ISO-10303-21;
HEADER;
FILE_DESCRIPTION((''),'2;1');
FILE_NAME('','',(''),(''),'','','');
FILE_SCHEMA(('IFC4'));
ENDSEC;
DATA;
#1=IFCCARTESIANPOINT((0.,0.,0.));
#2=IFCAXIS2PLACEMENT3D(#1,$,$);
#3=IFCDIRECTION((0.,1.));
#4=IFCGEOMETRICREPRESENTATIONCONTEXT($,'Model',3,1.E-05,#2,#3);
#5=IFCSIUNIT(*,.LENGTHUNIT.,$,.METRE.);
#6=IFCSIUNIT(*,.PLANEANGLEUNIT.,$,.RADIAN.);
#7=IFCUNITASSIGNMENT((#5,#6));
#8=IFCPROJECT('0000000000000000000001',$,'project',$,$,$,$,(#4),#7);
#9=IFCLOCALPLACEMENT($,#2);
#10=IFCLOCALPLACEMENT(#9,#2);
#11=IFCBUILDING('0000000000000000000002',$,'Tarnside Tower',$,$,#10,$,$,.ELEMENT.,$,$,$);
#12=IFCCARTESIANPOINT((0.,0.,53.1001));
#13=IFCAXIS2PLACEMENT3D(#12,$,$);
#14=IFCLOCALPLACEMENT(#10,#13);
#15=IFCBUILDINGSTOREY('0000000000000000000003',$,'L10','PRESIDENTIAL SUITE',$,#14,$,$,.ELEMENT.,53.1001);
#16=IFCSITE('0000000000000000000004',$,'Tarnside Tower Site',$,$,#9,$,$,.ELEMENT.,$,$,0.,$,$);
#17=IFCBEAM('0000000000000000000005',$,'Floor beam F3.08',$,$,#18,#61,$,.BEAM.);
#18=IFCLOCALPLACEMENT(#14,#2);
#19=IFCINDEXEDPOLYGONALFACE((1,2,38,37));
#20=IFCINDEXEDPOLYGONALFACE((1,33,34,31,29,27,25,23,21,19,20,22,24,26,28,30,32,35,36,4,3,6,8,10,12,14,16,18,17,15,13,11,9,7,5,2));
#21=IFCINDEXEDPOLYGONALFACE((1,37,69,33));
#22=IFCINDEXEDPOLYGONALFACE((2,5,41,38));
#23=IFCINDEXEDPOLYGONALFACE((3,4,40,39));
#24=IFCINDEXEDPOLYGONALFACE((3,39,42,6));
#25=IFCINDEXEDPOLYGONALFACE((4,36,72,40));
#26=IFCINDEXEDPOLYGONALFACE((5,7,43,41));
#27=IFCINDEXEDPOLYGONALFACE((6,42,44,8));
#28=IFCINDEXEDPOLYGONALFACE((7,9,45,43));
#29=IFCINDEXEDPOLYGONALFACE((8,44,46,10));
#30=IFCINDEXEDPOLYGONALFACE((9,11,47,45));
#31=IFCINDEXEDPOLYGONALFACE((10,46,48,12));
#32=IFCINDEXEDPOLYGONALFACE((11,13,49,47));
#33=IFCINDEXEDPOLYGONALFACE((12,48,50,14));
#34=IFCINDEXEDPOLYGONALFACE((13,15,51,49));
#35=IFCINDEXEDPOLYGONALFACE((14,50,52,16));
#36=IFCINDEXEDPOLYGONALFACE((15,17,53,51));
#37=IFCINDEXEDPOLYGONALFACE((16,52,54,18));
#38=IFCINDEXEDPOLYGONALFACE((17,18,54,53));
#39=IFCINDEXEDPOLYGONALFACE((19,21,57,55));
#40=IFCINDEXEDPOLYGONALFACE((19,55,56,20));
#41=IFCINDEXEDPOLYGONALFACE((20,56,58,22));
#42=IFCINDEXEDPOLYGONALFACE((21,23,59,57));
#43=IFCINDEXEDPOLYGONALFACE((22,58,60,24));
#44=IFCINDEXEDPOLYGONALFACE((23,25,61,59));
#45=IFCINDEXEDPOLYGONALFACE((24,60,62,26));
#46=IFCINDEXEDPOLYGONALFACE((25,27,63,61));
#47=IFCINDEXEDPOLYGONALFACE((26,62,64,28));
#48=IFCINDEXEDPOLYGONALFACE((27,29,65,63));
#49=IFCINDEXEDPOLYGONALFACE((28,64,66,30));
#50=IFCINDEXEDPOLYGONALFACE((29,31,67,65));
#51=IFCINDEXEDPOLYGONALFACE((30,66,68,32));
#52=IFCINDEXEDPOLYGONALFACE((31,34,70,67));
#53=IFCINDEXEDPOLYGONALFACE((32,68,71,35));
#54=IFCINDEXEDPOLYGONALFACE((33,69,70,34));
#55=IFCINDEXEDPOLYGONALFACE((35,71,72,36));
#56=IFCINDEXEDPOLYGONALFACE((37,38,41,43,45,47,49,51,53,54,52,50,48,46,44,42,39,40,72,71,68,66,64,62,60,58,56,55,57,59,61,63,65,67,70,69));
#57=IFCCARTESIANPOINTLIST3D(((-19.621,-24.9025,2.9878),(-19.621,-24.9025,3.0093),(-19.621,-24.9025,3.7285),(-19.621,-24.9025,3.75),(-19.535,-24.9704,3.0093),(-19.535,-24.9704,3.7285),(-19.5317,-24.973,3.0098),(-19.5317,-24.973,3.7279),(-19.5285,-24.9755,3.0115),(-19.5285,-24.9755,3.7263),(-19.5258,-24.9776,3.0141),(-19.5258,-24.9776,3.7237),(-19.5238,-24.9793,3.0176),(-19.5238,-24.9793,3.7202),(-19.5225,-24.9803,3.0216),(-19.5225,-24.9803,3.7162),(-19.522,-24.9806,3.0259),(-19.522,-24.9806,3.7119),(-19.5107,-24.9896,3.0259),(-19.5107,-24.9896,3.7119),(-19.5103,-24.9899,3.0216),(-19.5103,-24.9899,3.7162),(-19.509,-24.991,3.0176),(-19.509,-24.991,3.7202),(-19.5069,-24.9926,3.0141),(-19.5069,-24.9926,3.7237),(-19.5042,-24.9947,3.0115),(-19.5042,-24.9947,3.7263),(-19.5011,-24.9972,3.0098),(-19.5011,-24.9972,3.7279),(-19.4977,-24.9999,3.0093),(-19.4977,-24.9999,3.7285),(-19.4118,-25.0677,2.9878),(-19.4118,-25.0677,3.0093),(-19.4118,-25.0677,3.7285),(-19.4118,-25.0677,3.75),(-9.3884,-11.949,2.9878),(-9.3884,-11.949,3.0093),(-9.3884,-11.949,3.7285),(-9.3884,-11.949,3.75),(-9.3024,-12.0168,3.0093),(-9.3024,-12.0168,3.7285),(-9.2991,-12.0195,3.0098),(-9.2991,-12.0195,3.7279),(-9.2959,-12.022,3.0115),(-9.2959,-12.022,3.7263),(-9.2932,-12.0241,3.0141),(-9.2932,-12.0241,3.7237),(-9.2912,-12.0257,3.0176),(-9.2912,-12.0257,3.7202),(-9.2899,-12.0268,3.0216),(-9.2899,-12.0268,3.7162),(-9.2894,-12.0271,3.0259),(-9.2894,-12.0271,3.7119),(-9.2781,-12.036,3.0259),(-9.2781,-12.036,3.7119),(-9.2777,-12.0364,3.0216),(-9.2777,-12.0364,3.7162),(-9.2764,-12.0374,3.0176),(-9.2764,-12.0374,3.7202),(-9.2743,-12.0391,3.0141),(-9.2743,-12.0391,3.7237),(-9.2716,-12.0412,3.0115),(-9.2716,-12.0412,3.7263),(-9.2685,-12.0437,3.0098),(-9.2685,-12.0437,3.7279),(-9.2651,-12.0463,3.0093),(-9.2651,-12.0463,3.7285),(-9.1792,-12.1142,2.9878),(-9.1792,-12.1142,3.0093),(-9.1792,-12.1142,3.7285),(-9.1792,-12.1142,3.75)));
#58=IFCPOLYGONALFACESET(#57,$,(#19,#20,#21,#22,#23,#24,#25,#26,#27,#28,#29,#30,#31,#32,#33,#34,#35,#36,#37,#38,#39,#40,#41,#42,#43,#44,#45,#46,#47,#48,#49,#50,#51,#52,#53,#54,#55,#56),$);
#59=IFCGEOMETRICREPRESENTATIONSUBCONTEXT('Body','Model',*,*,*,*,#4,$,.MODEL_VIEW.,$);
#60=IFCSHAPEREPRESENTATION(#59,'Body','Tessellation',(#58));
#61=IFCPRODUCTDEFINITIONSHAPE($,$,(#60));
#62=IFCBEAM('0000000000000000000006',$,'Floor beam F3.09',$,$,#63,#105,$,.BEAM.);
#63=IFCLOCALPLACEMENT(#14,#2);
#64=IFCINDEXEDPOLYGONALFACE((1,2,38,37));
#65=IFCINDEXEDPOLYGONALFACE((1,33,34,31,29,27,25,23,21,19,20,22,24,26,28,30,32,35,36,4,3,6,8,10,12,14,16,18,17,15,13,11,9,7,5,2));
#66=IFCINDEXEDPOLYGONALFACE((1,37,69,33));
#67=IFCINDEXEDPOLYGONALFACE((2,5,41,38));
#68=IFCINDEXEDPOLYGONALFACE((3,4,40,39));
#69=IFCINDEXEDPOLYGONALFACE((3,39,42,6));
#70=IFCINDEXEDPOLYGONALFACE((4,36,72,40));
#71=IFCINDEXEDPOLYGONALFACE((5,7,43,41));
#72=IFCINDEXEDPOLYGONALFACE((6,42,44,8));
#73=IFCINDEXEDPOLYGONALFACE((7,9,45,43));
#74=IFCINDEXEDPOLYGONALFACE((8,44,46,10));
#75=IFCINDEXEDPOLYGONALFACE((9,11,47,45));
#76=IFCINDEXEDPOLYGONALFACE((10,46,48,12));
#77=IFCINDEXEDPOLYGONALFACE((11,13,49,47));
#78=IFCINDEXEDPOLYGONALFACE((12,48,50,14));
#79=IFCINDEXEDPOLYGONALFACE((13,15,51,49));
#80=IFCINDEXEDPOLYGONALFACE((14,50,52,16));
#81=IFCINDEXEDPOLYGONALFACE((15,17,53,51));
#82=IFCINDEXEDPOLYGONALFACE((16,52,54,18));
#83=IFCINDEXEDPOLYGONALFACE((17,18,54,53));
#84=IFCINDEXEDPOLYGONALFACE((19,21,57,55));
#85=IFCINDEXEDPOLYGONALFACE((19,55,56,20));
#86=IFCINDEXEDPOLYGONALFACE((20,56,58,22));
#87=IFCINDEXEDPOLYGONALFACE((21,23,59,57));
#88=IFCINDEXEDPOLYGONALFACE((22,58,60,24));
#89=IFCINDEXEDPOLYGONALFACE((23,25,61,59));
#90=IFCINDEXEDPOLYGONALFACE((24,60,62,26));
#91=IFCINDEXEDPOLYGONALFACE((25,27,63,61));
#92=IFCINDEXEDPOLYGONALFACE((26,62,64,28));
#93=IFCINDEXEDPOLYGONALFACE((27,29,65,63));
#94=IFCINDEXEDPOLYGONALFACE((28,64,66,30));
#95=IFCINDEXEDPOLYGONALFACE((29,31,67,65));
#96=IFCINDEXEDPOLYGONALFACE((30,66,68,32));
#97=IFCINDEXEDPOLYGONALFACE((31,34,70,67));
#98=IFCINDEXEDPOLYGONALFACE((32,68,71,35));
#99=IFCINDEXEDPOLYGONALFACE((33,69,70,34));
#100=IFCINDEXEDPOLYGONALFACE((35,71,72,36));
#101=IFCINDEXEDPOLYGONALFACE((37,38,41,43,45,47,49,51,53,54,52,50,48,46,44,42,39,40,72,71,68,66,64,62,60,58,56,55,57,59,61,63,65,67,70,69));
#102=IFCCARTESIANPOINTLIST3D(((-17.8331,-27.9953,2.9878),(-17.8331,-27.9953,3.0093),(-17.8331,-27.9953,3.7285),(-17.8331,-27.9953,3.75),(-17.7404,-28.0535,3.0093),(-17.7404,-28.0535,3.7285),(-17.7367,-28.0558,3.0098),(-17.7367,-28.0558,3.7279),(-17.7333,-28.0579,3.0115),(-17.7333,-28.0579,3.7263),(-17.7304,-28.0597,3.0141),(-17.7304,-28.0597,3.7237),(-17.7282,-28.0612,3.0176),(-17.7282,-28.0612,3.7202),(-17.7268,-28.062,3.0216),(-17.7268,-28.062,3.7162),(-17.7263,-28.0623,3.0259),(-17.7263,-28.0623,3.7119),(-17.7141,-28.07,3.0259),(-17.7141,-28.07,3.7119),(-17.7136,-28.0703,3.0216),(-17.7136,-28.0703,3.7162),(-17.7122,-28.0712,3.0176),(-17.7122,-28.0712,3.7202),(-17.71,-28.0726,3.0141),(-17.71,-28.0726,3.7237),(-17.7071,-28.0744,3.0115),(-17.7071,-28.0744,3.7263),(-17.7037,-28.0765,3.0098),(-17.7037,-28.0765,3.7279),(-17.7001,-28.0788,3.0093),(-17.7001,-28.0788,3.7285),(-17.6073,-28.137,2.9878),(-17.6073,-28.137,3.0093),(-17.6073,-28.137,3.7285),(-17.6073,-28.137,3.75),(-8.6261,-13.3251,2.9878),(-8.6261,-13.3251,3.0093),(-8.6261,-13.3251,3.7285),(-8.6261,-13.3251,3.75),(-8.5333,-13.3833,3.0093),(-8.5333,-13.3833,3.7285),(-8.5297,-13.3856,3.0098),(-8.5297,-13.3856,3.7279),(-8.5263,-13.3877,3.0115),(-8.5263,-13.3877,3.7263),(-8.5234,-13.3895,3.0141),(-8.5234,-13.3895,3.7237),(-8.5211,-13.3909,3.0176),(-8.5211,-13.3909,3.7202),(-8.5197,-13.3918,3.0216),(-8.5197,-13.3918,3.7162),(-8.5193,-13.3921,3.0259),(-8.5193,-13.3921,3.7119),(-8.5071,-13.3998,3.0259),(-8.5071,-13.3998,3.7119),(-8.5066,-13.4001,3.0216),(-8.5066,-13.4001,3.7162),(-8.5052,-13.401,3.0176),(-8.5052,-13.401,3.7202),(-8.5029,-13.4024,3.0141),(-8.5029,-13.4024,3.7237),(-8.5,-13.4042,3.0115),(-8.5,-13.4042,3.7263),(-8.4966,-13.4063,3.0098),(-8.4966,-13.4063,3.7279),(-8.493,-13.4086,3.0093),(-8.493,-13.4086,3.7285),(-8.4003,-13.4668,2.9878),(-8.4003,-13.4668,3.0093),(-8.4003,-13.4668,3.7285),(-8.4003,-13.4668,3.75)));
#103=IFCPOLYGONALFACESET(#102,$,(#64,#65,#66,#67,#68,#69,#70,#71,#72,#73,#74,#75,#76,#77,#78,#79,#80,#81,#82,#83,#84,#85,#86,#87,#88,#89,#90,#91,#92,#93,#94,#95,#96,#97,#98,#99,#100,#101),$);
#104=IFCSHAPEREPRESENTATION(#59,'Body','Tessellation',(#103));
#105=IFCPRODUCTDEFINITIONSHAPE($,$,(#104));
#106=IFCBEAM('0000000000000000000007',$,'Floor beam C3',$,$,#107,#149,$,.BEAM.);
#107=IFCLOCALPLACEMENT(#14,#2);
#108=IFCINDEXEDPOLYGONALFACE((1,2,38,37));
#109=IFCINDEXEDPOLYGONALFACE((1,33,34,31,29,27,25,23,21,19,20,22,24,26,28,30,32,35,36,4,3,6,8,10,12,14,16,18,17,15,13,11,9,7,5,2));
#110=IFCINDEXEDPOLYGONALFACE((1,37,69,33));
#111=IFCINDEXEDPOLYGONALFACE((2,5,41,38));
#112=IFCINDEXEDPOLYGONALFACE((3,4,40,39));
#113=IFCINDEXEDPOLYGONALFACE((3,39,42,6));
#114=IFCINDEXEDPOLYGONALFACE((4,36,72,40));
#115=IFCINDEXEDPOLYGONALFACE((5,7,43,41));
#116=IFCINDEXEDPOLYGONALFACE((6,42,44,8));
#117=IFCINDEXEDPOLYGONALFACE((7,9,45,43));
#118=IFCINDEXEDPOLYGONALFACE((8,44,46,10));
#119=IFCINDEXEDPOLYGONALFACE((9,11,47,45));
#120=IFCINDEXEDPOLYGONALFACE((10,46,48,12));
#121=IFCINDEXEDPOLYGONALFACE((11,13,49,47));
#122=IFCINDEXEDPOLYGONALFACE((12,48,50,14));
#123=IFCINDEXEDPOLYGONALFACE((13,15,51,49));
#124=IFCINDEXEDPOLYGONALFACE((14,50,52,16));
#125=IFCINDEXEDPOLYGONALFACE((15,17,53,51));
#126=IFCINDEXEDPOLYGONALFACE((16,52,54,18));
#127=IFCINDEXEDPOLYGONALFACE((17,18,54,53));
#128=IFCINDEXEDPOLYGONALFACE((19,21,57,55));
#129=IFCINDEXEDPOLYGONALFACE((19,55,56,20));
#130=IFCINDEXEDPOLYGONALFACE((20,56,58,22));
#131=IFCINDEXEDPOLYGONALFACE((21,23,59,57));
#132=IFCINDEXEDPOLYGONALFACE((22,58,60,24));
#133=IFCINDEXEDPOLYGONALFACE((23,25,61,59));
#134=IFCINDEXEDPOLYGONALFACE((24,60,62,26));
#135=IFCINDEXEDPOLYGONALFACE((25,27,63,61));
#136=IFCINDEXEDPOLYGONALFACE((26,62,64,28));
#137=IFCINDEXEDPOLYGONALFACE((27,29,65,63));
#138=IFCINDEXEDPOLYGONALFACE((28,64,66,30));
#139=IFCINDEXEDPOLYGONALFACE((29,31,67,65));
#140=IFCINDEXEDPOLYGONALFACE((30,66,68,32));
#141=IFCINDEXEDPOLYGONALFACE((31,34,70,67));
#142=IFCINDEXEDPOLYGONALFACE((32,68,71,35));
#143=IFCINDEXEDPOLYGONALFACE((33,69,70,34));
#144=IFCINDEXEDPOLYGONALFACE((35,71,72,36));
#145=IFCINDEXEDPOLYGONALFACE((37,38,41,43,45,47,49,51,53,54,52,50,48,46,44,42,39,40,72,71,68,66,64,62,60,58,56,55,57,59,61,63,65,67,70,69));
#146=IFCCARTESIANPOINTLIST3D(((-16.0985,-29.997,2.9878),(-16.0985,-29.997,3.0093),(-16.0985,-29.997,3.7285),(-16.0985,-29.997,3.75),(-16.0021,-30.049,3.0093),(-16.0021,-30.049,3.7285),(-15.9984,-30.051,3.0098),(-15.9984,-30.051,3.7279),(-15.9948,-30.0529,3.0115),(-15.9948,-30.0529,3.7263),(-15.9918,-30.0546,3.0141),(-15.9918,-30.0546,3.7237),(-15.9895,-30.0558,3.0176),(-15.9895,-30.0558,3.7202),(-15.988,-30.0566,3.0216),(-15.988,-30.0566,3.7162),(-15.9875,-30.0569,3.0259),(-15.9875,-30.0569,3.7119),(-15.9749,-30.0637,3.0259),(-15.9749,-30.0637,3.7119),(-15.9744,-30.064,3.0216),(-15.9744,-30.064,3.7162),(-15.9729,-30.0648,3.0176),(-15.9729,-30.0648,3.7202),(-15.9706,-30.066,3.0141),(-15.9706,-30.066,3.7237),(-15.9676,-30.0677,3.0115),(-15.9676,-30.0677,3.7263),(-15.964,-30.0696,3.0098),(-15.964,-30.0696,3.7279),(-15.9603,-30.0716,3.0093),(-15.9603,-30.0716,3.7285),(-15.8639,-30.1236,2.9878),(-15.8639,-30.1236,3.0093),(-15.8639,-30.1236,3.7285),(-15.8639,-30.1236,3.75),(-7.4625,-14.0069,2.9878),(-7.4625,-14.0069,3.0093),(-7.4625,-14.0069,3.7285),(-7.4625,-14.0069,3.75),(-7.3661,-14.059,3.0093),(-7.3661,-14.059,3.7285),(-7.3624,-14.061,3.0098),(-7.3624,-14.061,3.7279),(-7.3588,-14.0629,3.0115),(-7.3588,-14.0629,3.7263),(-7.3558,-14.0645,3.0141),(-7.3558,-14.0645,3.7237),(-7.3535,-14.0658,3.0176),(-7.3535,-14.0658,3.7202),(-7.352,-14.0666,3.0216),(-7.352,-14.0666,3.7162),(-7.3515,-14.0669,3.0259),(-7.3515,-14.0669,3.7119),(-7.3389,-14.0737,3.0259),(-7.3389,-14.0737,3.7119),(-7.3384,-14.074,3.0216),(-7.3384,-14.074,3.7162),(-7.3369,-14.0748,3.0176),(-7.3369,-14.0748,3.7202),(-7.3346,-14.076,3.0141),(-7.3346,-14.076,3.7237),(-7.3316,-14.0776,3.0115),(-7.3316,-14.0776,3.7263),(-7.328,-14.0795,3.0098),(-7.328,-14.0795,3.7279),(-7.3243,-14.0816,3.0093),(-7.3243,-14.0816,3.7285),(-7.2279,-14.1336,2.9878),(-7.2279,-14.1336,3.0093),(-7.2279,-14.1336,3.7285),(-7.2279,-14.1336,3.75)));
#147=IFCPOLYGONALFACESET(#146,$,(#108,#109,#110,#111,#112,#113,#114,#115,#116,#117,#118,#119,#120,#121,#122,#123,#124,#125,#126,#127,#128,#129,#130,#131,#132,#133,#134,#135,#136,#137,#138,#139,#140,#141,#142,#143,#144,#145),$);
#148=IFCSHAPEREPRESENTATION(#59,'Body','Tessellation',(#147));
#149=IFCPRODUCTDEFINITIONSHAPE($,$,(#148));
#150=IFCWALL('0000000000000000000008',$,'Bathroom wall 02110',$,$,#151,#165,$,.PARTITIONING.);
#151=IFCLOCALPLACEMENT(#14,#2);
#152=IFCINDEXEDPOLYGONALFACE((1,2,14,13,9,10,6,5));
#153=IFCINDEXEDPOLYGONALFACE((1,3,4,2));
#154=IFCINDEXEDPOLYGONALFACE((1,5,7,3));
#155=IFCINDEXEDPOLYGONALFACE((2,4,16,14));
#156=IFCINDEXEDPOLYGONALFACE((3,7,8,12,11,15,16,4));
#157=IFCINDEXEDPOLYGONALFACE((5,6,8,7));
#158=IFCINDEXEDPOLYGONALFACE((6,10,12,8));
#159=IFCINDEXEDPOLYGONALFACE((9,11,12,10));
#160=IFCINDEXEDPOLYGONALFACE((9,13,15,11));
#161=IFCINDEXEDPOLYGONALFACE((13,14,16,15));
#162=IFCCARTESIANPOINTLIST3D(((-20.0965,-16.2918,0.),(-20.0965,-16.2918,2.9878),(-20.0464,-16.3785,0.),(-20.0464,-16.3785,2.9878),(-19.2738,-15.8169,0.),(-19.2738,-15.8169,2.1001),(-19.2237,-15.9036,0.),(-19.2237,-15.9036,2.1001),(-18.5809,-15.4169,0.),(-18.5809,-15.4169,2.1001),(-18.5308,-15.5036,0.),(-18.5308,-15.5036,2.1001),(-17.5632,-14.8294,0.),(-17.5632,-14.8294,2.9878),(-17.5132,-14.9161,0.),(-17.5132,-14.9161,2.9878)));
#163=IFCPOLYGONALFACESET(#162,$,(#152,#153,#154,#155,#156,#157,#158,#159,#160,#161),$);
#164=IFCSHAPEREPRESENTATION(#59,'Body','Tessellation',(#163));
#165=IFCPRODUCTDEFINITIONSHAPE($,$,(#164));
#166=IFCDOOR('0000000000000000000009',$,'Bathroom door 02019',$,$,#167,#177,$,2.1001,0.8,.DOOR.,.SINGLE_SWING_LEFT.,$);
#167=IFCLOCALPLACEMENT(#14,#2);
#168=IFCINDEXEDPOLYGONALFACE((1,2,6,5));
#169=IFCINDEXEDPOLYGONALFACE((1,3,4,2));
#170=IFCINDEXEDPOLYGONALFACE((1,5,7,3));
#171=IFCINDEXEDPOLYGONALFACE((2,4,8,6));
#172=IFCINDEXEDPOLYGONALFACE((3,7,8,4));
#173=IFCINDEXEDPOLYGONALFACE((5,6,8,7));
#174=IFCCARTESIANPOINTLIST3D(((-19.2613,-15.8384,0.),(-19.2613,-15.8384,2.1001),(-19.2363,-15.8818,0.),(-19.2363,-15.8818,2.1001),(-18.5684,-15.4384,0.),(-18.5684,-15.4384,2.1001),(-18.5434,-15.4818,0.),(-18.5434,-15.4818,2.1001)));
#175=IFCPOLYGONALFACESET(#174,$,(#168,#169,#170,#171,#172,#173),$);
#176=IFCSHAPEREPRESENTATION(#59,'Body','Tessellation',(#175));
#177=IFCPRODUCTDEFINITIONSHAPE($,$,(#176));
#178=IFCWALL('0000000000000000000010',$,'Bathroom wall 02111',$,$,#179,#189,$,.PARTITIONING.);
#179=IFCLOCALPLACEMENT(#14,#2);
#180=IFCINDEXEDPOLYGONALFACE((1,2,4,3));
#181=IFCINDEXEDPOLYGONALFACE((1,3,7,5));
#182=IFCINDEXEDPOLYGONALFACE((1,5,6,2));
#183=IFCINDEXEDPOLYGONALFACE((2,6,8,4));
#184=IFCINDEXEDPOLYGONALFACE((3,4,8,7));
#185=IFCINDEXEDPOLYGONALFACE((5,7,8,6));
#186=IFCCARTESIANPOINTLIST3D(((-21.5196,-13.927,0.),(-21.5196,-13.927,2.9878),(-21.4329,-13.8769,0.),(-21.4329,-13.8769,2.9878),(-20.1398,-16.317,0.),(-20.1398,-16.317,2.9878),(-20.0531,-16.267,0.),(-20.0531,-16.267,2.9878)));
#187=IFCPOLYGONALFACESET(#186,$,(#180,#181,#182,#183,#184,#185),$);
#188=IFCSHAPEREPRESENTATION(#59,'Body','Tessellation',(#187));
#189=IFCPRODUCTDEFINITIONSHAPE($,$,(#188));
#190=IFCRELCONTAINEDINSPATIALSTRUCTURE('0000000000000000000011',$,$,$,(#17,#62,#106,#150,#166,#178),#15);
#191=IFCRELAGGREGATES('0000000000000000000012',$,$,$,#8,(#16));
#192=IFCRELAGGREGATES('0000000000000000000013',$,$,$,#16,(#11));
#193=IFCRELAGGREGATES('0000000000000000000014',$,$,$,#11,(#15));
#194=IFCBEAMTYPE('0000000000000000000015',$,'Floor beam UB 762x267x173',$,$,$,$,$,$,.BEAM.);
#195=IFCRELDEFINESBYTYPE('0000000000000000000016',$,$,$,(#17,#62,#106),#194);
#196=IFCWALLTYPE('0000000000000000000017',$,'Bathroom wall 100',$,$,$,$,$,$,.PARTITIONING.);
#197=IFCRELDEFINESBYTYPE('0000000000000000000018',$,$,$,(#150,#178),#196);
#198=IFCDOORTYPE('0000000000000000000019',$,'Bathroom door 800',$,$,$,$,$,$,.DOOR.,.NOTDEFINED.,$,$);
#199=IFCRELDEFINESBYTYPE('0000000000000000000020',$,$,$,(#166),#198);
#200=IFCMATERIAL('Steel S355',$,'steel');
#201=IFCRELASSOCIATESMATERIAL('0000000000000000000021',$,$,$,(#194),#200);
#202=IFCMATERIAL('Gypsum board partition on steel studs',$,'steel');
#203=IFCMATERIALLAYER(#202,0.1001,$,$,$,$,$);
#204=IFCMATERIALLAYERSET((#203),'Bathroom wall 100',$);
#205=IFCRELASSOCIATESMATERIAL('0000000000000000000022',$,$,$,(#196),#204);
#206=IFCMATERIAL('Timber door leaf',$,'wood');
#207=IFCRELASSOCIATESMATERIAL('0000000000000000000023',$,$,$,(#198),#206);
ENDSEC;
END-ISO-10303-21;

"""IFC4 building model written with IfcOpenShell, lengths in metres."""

from ifc_helpers import new_model, si_unit, direction, frame, frame_2d, origin, origin_2d, place, context, subcontext, project, spatial, rectangle, i_section, extrude, material, layer, layer_set, material_profile, profile_set, type_object, element, fill, save


model = new_model("IFC4")

# Units and contexts
model_context = context("Model", 3, precision=1e-05, world=origin(), true_north=direction((0.0, 1.0)))
body_context = subcontext(model_context, "Body", "Model", "MODEL_VIEW")
ifc_project = project(units=[si_unit("LENGTHUNIT", "METRE"), si_unit("PLANEANGLEUNIT", "RADIAN")], contexts=[model_context])

# Site, building, storey
site_placement = place(None, origin())
site = spatial("IfcSite", under=ifc_project, at=site_placement, Name="Tarnside Tower Site", CompositionType="ELEMENT", RefElevation=0.0)
building_placement = place(site_placement, origin())
building = spatial("IfcBuilding", under=site, at=building_placement, Name="Tarnside Tower", CompositionType="ELEMENT")
storey_placement = place(building_placement, frame((0.0, 0.0, 53.1001)))
storey = spatial("IfcBuildingStorey", under=building, at=storey_placement, Name="L10", Description="PRESIDENTIAL SUITE", CompositionType="ELEMENT", Elevation=53.1001)

# Beams
ifc_material_1 = material(Name="Steel S355", Category="steel")
ifc_material_profile_1 = material_profile(ifc_material_1, i_section(OverallWidth=0.2666, OverallDepth=0.7622, WebThickness=0.0144, FlangeThickness=0.0215, FilletRadius=0.0166, at=origin_2d()), Name="UB 762x267x173")
ifc_profile_set_1 = profile_set([ifc_material_profile_1], Name="Steel S355")
beam_type_1 = type_object("IfcBeamType", Name="Floor beam UB 762x267x173", PredefinedType="BEAM", material=ifc_profile_set_1)
beam_1_placement = place(storey_placement, frame((-19.5164, -24.9851, 3.3689), z_axis=(0.619873, 0.784702, 0.0), x_axis=(-0.784702, 0.619873, 0.0)))
element("IfcBeam", 1, at=beam_1_placement, inside=storey, type_object=beam_type_1, Name="Floor beam F3.08", PredefinedType="BEAM", context=body_context, shape_type="SweptSolid", body=[
    extrude(i_section(OverallWidth=0.2666, OverallDepth=0.7622, WebThickness=0.0144, FlangeThickness=0.0215, FilletRadius=0.0166, at=origin_2d()), origin(), (0.0, 0.0, 1.0), 16.5076),
])
beam_2_placement = place(storey_placement, frame((-17.7202, -28.0662, 3.3689), z_axis=(0.531583, 0.847006, 0.0), x_axis=(-0.847006, 0.531583, 0.0)))
element("IfcBeam", 2, at=beam_2_placement, inside=storey, type_object=beam_type_1, Name="Floor beam F3.09", PredefinedType="BEAM", context=body_context, shape_type="SweptSolid", body=[
    extrude(i_section(OverallWidth=0.2666, OverallDepth=0.7622, WebThickness=0.0144, FlangeThickness=0.0215, FilletRadius=0.0166, at=origin_2d()), origin(), (0.0, 0.0, 1.0), 17.3201),
])
beam_3_placement = place(storey_placement, frame((-15.9812, -30.0603, 3.3689), z_axis=(0.475208, 0.879873, 0.0), x_axis=(-0.879873, 0.475208, 0.0)))
element("IfcBeam", 3, at=beam_3_placement, inside=storey, type_object=beam_type_1, Name="Floor beam C3", PredefinedType="BEAM", context=body_context, shape_type="SweptSolid", body=[
    extrude(i_section(OverallWidth=0.2666, OverallDepth=0.7622, WebThickness=0.0144, FlangeThickness=0.0215, FilletRadius=0.0166, at=origin_2d()), origin(), (0.0, 0.0, 1.0), 18.1731),
])

# Wall, opening, door
ifc_material_2 = material(Name="Gypsum board partition on steel studs", Category="steel")
ifc_layer_1 = layer(ifc_material_2, 0.1001)
ifc_layer_set_1 = layer_set([ifc_layer_1], Name="Bathroom wall 100")
wall_type_1 = type_object("IfcWallType", Name="Bathroom wall 100", PredefinedType="PARTITIONING", material=ifc_layer_set_1)
wall_1_placement = place(storey_placement, frame((-17.5383, -14.8728, 0.0), z_axis=(0.0, 0.0, 1.0), x_axis=(-0.866047, -0.499963, 0.0)))
wall_1 = element("IfcWall", 4, at=wall_1_placement, inside=storey, type_object=wall_type_1, Name="Bathroom wall 02110", PredefinedType="PARTITIONING", context=body_context, shape_type="SweptSolid", body=[
    extrude(rectangle(XDim=2.925, YDim=0.1001, at=frame_2d((1.4624, 0.0))), origin(), (0.0, 0.0, 1.0), 2.9878),
])
opening_1_placement = place(wall_1_placement, frame((1.175, 0.0, 0.0)))
opening_1 = element("IfcOpeningElement", 5, at=opening_1_placement, cuts=wall_1, PredefinedType="OPENING", context=body_context, shape_type="SweptSolid", body=[
    extrude(rectangle(XDim=0.8, YDim=2.1001, at=frame_2d((0.3999, 1.05))), frame((0.0, 0.0601, 0.0), z_axis=(0.0, -1.0, 0.0), x_axis=(1.0, 0.0, 0.0)), (0.0, 0.0, 1.0), 0.1201),
])
ifc_material_3 = material(Name="Timber door leaf", Category="wood")
door_type = type_object("IfcDoorType", Name="Bathroom door 800", OperationType="NOTDEFINED", PredefinedType="DOOR", material=ifc_material_3)
door_1_placement = place(opening_1_placement, origin())
door_1 = element("IfcDoor", 6, at=door_1_placement, inside=storey, type_object=door_type, Name="Bathroom door 02019", OperationType="SINGLE_SWING_LEFT", OverallHeight=2.1001, OverallWidth=0.8, PredefinedType="DOOR", context=body_context, shape_type="SweptSolid", body=[
    extrude(rectangle(XDim=0.8, YDim=2.1001, at=frame_2d((0.3999, 1.05))), frame((0.0, 0.0249, 0.0), z_axis=(0.0, -1.0, 0.0), x_axis=(1.0, 0.0, 0.0)), (0.0, 0.0, 1.0), 0.05),
])
fill(opening_1, door_1)

# Wall
wall_2_placement = place(storey_placement, frame((-20.0964, -16.292, 0.0), z_axis=(0.0, 0.0, 1.0), x_axis=(-0.499983, 0.866035, 0.0)))
element("IfcWall", 7, at=wall_2_placement, inside=storey, type_object=wall_type_1, Name="Bathroom wall 02111", PredefinedType="PARTITIONING", context=body_context, shape_type="SweptSolid", body=[
    extrude(rectangle(XDim=2.7598, YDim=0.1001, at=frame_2d((1.3799, 0.0))), origin(), (0.0, 0.0, 1.0), 2.9878),
])

save(model, "model.ifc")
